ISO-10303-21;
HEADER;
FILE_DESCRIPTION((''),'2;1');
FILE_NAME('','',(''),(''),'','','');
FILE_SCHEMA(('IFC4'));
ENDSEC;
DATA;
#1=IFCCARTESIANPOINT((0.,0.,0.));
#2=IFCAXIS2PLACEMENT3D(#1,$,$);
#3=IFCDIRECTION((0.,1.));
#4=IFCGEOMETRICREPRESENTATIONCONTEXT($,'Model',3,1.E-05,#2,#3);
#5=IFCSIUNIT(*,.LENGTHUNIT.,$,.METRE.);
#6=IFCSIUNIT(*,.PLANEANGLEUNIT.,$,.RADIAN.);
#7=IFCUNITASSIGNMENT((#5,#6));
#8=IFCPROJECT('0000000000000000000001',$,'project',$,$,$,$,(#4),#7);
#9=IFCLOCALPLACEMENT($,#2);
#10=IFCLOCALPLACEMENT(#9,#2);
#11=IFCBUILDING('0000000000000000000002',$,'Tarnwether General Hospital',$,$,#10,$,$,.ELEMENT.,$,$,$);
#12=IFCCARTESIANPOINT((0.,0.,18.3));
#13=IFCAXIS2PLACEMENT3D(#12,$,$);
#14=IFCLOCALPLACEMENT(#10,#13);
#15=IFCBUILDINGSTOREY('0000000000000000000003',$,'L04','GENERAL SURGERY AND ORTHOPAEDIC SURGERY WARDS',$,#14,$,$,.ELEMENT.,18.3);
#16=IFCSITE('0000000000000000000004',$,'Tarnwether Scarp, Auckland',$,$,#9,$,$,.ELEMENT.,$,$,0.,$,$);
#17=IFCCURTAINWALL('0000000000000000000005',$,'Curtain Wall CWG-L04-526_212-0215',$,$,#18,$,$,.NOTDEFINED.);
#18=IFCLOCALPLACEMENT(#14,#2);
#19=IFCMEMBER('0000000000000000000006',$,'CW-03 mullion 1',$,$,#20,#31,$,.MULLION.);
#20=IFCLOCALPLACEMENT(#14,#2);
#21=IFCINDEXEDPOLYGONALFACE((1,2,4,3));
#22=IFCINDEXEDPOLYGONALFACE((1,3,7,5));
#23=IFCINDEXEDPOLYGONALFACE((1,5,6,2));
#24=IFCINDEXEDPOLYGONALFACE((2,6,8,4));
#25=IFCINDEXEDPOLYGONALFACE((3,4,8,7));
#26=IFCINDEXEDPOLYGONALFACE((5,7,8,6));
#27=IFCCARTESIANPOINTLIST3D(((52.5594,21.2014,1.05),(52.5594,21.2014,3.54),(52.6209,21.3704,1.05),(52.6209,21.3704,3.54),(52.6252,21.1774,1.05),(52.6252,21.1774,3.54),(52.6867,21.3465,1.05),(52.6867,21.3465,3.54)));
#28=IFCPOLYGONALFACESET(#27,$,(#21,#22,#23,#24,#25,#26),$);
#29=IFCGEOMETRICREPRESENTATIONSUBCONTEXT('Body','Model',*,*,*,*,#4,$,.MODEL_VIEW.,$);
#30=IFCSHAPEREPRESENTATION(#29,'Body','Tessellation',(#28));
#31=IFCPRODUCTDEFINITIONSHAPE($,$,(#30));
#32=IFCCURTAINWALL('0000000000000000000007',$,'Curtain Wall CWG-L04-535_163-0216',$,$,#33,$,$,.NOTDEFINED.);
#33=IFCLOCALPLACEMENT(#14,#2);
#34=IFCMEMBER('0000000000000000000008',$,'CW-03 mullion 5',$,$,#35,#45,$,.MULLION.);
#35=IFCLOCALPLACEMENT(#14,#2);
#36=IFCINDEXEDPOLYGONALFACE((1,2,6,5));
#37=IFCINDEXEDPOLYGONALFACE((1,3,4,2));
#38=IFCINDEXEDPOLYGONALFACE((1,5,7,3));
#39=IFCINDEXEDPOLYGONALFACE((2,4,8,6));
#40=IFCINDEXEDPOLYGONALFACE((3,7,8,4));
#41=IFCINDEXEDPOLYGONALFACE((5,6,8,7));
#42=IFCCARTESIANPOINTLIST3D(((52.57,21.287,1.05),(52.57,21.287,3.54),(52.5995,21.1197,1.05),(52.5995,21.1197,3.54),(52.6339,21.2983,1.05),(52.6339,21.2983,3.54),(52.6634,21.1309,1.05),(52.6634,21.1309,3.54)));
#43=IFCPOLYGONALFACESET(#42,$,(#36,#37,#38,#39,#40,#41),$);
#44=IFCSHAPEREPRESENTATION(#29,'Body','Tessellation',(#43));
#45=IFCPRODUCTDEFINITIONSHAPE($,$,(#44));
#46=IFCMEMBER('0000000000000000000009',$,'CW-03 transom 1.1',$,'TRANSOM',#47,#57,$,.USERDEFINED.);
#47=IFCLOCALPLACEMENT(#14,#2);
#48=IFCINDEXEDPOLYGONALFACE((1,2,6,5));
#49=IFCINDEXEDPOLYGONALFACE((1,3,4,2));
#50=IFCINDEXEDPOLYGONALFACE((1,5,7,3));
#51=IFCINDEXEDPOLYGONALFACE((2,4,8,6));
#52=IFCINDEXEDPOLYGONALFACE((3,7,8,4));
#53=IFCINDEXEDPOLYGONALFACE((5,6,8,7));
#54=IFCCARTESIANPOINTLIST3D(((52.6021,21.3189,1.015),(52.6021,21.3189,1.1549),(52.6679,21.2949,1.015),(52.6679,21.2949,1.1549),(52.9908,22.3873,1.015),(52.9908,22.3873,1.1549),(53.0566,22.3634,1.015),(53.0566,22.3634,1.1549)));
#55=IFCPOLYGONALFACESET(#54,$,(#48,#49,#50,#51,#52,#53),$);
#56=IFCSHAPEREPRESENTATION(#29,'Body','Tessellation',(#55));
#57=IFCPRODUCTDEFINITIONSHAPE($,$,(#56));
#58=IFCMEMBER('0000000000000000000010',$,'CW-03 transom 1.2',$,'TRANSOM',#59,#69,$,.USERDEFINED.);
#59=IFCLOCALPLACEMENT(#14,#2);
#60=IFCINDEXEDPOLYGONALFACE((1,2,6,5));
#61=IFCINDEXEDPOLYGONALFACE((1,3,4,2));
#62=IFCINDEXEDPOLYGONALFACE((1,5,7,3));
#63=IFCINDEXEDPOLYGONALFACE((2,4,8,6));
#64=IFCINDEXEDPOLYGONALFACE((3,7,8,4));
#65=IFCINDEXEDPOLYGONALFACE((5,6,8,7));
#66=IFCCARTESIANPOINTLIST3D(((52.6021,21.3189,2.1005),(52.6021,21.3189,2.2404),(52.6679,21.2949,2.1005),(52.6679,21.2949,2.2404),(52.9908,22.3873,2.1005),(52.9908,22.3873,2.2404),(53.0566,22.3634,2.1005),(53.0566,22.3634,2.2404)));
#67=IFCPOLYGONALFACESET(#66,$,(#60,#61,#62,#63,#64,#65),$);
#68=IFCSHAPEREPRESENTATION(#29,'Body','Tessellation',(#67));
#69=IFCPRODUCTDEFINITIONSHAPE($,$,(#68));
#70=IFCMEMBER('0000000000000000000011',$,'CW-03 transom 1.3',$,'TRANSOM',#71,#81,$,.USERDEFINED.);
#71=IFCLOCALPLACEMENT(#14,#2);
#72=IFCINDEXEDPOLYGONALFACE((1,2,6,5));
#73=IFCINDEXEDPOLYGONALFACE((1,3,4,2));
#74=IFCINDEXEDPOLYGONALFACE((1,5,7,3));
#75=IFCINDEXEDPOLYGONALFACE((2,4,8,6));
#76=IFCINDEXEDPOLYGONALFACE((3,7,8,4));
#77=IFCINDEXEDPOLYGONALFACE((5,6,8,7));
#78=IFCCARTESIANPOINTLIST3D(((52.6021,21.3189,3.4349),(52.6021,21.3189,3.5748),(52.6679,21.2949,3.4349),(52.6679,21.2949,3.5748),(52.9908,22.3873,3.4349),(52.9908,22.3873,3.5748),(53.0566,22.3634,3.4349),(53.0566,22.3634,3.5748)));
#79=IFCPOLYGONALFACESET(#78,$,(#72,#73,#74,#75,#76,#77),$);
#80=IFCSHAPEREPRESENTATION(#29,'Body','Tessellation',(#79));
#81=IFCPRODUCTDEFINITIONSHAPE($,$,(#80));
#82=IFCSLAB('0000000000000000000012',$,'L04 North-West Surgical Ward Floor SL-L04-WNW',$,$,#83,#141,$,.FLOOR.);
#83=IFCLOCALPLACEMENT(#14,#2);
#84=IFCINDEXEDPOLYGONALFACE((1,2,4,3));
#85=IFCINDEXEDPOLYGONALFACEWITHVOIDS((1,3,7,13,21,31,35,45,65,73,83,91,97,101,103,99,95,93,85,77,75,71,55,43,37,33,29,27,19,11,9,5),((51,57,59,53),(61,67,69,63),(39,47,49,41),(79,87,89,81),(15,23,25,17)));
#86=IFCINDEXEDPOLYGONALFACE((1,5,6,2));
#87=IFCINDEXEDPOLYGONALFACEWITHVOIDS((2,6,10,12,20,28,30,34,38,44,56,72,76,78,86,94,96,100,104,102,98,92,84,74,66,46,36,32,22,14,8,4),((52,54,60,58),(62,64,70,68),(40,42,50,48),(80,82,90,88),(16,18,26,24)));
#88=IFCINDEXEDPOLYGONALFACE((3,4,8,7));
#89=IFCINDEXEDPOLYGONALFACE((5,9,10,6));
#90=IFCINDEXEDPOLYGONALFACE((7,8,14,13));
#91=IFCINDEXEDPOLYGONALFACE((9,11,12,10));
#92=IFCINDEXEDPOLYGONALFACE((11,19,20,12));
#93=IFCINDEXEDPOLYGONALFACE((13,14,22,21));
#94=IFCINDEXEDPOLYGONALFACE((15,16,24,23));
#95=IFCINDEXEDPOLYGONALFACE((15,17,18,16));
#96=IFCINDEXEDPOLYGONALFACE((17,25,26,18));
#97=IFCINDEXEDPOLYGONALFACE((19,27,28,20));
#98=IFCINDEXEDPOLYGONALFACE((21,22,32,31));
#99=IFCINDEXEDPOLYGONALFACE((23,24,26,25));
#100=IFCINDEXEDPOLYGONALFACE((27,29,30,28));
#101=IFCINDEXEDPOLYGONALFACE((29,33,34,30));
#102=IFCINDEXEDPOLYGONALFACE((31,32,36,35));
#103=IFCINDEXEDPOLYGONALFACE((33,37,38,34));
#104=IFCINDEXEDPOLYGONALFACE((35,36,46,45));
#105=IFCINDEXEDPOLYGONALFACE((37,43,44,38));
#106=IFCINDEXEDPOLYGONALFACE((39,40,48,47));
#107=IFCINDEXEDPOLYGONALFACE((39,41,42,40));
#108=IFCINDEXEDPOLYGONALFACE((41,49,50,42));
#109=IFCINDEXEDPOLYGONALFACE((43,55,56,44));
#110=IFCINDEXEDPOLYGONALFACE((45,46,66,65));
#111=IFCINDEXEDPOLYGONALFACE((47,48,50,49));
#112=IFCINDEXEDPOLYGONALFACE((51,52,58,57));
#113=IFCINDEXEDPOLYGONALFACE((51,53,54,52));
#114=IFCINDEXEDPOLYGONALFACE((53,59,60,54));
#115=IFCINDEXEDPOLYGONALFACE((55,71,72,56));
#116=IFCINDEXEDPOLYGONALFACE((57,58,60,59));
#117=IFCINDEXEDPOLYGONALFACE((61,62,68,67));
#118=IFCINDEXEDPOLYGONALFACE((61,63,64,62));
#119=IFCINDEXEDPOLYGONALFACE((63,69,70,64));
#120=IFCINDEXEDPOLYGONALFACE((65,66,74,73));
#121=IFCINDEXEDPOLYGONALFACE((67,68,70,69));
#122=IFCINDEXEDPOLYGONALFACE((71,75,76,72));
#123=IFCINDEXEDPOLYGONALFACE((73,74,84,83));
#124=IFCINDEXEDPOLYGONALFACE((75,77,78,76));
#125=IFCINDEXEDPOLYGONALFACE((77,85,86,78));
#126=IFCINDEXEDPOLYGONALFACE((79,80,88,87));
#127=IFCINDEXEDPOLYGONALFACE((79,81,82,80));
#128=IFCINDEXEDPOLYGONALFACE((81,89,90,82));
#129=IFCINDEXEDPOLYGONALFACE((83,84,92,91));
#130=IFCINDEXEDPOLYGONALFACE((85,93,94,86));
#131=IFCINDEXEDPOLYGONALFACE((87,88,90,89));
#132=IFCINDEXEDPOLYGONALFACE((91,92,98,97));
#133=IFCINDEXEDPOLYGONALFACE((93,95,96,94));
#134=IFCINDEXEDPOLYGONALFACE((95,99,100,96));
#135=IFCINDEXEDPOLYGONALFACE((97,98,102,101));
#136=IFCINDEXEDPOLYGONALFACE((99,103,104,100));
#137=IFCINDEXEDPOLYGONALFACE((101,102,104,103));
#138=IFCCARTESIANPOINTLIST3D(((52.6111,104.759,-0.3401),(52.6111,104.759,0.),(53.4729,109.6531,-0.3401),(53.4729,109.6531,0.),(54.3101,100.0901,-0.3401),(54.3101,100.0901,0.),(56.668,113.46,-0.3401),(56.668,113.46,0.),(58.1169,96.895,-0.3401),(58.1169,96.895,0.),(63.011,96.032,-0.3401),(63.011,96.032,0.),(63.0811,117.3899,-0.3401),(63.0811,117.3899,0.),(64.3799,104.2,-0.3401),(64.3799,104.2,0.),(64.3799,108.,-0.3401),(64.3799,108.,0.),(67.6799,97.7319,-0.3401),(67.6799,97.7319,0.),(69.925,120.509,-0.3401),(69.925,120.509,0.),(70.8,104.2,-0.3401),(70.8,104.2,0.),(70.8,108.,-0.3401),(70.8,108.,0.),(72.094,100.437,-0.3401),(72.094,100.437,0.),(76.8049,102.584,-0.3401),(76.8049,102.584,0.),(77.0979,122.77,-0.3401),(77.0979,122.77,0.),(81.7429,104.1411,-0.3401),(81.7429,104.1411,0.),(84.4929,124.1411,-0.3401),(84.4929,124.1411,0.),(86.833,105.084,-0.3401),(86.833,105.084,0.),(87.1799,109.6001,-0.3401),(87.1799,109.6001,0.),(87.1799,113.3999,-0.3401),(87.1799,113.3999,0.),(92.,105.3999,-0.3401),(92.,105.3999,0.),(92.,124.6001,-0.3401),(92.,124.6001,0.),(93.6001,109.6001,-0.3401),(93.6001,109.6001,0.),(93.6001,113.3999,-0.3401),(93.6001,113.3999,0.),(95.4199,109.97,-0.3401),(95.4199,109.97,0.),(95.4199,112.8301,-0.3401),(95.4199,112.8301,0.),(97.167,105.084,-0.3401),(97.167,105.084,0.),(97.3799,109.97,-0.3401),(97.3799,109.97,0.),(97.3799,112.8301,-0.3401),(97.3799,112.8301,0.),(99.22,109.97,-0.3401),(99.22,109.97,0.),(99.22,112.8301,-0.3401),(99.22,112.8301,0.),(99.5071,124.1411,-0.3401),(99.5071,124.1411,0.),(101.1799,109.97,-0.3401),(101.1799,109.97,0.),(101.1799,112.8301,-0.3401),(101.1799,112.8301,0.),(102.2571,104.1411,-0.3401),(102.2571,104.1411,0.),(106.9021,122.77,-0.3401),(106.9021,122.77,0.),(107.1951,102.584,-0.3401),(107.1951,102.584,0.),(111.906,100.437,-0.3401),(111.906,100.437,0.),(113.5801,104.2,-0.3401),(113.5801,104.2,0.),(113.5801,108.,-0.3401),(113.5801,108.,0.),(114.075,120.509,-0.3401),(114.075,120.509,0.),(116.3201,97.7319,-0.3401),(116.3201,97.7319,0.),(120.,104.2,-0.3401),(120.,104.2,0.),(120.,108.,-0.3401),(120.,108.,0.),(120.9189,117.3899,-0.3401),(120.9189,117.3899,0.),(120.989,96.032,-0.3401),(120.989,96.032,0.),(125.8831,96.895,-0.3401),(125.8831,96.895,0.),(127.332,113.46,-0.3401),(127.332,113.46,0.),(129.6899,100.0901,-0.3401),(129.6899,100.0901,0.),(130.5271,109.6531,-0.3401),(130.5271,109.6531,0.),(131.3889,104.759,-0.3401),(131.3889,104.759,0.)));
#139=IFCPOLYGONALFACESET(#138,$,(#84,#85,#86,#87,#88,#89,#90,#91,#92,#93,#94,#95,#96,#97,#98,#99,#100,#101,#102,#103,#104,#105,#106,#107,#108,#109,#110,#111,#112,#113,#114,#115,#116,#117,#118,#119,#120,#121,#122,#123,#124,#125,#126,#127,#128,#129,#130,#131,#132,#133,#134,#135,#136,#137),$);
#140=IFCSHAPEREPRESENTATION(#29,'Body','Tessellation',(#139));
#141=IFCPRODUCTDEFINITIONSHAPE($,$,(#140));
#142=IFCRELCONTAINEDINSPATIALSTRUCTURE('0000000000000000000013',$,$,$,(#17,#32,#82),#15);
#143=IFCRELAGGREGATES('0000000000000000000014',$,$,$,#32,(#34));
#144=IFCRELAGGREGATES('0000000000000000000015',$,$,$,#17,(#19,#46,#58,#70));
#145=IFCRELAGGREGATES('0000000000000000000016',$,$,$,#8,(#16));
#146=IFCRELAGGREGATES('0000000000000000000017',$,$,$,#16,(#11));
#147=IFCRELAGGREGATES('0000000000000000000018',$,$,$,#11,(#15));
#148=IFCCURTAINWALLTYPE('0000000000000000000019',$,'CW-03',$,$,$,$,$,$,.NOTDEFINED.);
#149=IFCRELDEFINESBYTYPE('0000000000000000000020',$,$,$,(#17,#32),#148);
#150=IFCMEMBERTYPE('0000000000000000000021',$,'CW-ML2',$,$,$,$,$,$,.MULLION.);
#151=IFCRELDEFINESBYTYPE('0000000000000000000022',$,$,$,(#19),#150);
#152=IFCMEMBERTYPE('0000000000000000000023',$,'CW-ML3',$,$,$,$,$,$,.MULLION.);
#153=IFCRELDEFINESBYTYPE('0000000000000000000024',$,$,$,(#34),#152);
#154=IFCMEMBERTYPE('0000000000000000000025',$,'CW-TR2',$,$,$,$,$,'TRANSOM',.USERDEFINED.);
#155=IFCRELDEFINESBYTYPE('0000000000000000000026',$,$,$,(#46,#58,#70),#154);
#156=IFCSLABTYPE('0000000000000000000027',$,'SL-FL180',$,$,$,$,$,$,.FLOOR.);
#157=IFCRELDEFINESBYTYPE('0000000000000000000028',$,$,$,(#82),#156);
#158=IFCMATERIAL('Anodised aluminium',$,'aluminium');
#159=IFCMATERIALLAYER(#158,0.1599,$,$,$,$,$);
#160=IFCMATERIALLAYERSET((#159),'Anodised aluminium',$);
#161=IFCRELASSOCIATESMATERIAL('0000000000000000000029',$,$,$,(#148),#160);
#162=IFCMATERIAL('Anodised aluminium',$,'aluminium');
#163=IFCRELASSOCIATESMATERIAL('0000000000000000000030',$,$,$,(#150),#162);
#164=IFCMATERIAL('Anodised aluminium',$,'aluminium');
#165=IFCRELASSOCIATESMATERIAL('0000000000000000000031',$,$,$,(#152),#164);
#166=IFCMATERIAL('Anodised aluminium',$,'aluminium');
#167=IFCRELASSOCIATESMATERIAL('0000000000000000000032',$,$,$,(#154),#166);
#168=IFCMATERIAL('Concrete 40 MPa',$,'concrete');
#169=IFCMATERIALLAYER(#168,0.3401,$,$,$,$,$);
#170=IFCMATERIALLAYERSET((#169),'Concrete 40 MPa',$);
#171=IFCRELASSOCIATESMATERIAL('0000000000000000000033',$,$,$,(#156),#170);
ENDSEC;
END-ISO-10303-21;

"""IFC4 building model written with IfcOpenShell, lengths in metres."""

from ifc_helpers import new_model, si_unit, direction, frame, origin, origin_2d, place, context, subcontext, project, spatial, polyline, rectangle, outline, extrude, material, layer, layer_set, material_profile, profile_set, type_object, element, aggregate, save


model = new_model("IFC4")

# Units and contexts
model_context = context("Model", 3, precision=1e-05, world=origin(), true_north=direction((0.0, 1.0)))
body_context = subcontext(model_context, "Body", "Model", "MODEL_VIEW")
ifc_project = project(units=[si_unit("LENGTHUNIT", "METRE"), si_unit("PLANEANGLEUNIT", "RADIAN")], contexts=[model_context])

# Site, building, storey
site_placement = place(None, origin())
site = spatial("IfcSite", under=ifc_project, at=site_placement, Name="Tarnwether Scarp, Auckland", CompositionType="ELEMENT", RefElevation=0.0)
building_placement = place(site_placement, origin())
building = spatial("IfcBuilding", under=site, at=building_placement, Name="Tarnwether General Hospital", CompositionType="ELEMENT")
storey_placement = place(building_placement, frame((0.0, 0.0, 18.3)))
storey = spatial("IfcBuildingStorey", under=building, at=storey_placement, Name="L04", Description="GENERAL SURGERY AND ORTHOPAEDIC SURGERY WARDS", CompositionType="ELEMENT", Elevation=18.3)

# Curtain walls, members
ifc_material_1 = material(Name="Anodised aluminium", Category="aluminium")
ifc_layer_1 = layer(ifc_material_1, 0.1599)
ifc_layer_set_1 = layer_set([ifc_layer_1], Name="Anodised aluminium")
curtain_wall_type = type_object("IfcCurtainWallType", Name="CW-03", PredefinedType="NOTDEFINED", material=ifc_layer_set_1)
curtain_wall_1_placement = place(storey_placement, origin())
curtain_wall_1 = element("IfcCurtainWall", 1, at=curtain_wall_1_placement, inside=storey, type_object=curtain_wall_type, Name="Curtain Wall CWG-L04-526_212-0215", PredefinedType="NOTDEFINED")
ifc_material_2 = material(Name="Anodised aluminium", Category="aluminium")
ifc_material_profile_1 = material_profile(ifc_material_2, rectangle(XDim=0.0701, YDim=0.1799, at=origin_2d()), Name="ALU-MUL-70x180")
ifc_profile_set_1 = profile_set([ifc_material_profile_1], Name="Anodised aluminium")
member_type_1 = type_object("IfcMemberType", Name="CW-ML2", PredefinedType="MULLION", material=ifc_profile_set_1)
member_1_placement = place(storey_placement, frame((52.623, 21.2739, 1.05), z_axis=(0.0, 0.0, 1.0), x_axis=(-0.939717, 0.341953, 0.0)))
member_1 = element("IfcMember", 2, at=member_1_placement, type_object=member_type_1, Name="CW-03 mullion 1", PredefinedType="MULLION", context=body_context, shape_type="SweptSolid", body=[
    extrude(rectangle(XDim=0.0701, YDim=0.1799, at=origin_2d()), origin(), (0.0, 0.0, 1.0), 2.49),
])
curtain_wall_2_placement = place(storey_placement, origin())
curtain_wall_2 = element("IfcCurtainWall", 3, at=curtain_wall_2_placement, inside=storey, type_object=curtain_wall_type, Name="Curtain Wall CWG-L04-535_163-0216", PredefinedType="NOTDEFINED")
ifc_material_3 = material(Name="Anodised aluminium", Category="aluminium")
ifc_material_profile_2 = material_profile(ifc_material_3, rectangle(XDim=0.0649, YDim=0.1699, at=origin_2d()), Name="ALU-MUL-65x170")
ifc_profile_set_2 = profile_set([ifc_material_profile_2], Name="Anodised aluminium")
member_type_2 = type_object("IfcMemberType", Name="CW-ML3", PredefinedType="MULLION", material=ifc_profile_set_2)
member_2_placement = place(storey_placement, frame((52.6167, 21.209, 1.05), z_axis=(0.0, 0.0, 1.0), x_axis=(-0.98484, -0.173464, 0.0)))
member_2 = element("IfcMember", 4, at=member_2_placement, type_object=member_type_2, Name="CW-03 mullion 5", PredefinedType="MULLION", context=body_context, shape_type="SweptSolid", body=[
    extrude(rectangle(XDim=0.0649, YDim=0.1699, at=origin_2d()), origin(), (0.0, 0.0, 1.0), 2.49),
])
aggregate(curtain_wall_2, [member_2])

# Members
ifc_material_4 = material(Name="Anodised aluminium", Category="aluminium")
ifc_material_profile_3 = material_profile(ifc_material_4, rectangle(XDim=0.0701, YDim=0.1399, at=origin_2d()), Name="ALU-TRN-70x140")
ifc_profile_set_3 = profile_set([ifc_material_profile_3], Name="Anodised aluminium")
member_type_3 = type_object("IfcMemberType", Name="CW-TR2", ElementType="TRANSOM", PredefinedType="USERDEFINED", material=ifc_profile_set_3)
member_3_placement = place(storey_placement, frame((52.635, 21.3069, 1.085), z_axis=(0.341881, 0.939743, 0.0), x_axis=(-0.939743, 0.341881, 0.0)))
member_3 = element("IfcMember", 5, at=member_3_placement, type_object=member_type_3, Name="CW-03 transom 1.1", ObjectType="TRANSOM", PredefinedType="USERDEFINED", context=body_context, shape_type="SweptSolid", body=[
    extrude(rectangle(XDim=0.0701, YDim=0.1399, at=origin_2d()), origin(), (0.0, 0.0, 1.0), 1.137),
])
member_4_placement = place(storey_placement, frame((52.635, 21.3069, 2.1704), z_axis=(0.341881, 0.939743, 0.0), x_axis=(-0.939743, 0.341881, 0.0)))
member_4 = element("IfcMember", 6, at=member_4_placement, type_object=member_type_3, Name="CW-03 transom 1.2", ObjectType="TRANSOM", PredefinedType="USERDEFINED", context=body_context, shape_type="SweptSolid", body=[
    extrude(rectangle(XDim=0.0701, YDim=0.1399, at=origin_2d()), origin(), (0.0, 0.0, 1.0), 1.137),
])
member_5_placement = place(storey_placement, frame((52.635, 21.3069, 3.5049), z_axis=(0.341881, 0.939743, 0.0), x_axis=(-0.939743, 0.341881, 0.0)))
member_5 = element("IfcMember", 7, at=member_5_placement, type_object=member_type_3, Name="CW-03 transom 1.3", ObjectType="TRANSOM", PredefinedType="USERDEFINED", context=body_context, shape_type="SweptSolid", body=[
    extrude(rectangle(XDim=0.0701, YDim=0.1399, at=origin_2d()), origin(), (0.0, 0.0, 1.0), 1.137),
])
aggregate(curtain_wall_1, [member_1, member_3, member_4, member_5])

# Slab
ifc_material_5 = material(Name="Concrete 40 MPa", Category="concrete")
ifc_layer_2 = layer(ifc_material_5, 0.3401)
ifc_layer_set_2 = layer_set([ifc_layer_2], Name="Concrete 40 MPa")
slab_type_1 = type_object("IfcSlabType", Name="SL-FL180", PredefinedType="FLOOR", material=ifc_layer_set_2)
slab_1_placement = place(storey_placement, frame((0.0, 0.0, -0.3401)))
element("IfcSlab", 8, at=slab_1_placement, inside=storey, type_object=slab_type_1, Name="L04 North-West Surgical Ward Floor SL-L04-WNW", PredefinedType="FLOOR", context=body_context, shape_type="SweptSolid", body=[
    extrude(outline(polyline([(56.668, 113.46), (63.0811, 117.3899), (69.925, 120.509), (77.0979, 122.77), (84.4929, 124.1411), (92.0, 124.6001), (99.5071, 124.1411), (106.9021, 122.77), (114.075, 120.509), (120.9189, 117.3899), (127.332, 113.46), (130.5271, 109.6531), (131.3889, 104.759), (129.6899, 100.0901), (125.8831, 96.895), (120.989, 96.032), (116.3201, 97.7319), (111.906, 100.437), (107.1951, 102.584), (102.2571, 104.1411), (97.167, 105.084), (92.0, 105.3999), (86.833, 105.084), (81.7429, 104.1411), (76.8049, 102.584), (72.094, 100.437), (67.6799, 97.7319), (63.011, 96.032), (58.1169, 96.895), (54.3101, 100.0901), (52.6111, 104.759), (53.4729, 109.6531), (56.668, 113.46)]), holes=[polyline([(64.3799, 108.0), (64.3799, 104.2), (70.8, 104.2), (70.8, 108.0), (64.3799, 108.0)]), polyline([(113.5801, 108.0), (113.5801, 104.2), (120.0, 104.2), (120.0, 108.0), (113.5801, 108.0)]), polyline([(95.4199, 112.8301), (95.4199, 109.97), (97.3799, 109.97), (97.3799, 112.8301), (95.4199, 112.8301)]), polyline([(101.1799, 112.8301), (99.22, 112.8301), (99.22, 109.97), (101.1799, 109.97), (101.1799, 112.8301)]), polyline([(93.6001, 113.3999), (87.1799, 113.3999), (87.1799, 109.6001), (93.6001, 109.6001), (93.6001, 113.3999)])]), origin(), (0.0, 0.0, 1.0), 0.3401),
])

save(model, "model.ifc")
